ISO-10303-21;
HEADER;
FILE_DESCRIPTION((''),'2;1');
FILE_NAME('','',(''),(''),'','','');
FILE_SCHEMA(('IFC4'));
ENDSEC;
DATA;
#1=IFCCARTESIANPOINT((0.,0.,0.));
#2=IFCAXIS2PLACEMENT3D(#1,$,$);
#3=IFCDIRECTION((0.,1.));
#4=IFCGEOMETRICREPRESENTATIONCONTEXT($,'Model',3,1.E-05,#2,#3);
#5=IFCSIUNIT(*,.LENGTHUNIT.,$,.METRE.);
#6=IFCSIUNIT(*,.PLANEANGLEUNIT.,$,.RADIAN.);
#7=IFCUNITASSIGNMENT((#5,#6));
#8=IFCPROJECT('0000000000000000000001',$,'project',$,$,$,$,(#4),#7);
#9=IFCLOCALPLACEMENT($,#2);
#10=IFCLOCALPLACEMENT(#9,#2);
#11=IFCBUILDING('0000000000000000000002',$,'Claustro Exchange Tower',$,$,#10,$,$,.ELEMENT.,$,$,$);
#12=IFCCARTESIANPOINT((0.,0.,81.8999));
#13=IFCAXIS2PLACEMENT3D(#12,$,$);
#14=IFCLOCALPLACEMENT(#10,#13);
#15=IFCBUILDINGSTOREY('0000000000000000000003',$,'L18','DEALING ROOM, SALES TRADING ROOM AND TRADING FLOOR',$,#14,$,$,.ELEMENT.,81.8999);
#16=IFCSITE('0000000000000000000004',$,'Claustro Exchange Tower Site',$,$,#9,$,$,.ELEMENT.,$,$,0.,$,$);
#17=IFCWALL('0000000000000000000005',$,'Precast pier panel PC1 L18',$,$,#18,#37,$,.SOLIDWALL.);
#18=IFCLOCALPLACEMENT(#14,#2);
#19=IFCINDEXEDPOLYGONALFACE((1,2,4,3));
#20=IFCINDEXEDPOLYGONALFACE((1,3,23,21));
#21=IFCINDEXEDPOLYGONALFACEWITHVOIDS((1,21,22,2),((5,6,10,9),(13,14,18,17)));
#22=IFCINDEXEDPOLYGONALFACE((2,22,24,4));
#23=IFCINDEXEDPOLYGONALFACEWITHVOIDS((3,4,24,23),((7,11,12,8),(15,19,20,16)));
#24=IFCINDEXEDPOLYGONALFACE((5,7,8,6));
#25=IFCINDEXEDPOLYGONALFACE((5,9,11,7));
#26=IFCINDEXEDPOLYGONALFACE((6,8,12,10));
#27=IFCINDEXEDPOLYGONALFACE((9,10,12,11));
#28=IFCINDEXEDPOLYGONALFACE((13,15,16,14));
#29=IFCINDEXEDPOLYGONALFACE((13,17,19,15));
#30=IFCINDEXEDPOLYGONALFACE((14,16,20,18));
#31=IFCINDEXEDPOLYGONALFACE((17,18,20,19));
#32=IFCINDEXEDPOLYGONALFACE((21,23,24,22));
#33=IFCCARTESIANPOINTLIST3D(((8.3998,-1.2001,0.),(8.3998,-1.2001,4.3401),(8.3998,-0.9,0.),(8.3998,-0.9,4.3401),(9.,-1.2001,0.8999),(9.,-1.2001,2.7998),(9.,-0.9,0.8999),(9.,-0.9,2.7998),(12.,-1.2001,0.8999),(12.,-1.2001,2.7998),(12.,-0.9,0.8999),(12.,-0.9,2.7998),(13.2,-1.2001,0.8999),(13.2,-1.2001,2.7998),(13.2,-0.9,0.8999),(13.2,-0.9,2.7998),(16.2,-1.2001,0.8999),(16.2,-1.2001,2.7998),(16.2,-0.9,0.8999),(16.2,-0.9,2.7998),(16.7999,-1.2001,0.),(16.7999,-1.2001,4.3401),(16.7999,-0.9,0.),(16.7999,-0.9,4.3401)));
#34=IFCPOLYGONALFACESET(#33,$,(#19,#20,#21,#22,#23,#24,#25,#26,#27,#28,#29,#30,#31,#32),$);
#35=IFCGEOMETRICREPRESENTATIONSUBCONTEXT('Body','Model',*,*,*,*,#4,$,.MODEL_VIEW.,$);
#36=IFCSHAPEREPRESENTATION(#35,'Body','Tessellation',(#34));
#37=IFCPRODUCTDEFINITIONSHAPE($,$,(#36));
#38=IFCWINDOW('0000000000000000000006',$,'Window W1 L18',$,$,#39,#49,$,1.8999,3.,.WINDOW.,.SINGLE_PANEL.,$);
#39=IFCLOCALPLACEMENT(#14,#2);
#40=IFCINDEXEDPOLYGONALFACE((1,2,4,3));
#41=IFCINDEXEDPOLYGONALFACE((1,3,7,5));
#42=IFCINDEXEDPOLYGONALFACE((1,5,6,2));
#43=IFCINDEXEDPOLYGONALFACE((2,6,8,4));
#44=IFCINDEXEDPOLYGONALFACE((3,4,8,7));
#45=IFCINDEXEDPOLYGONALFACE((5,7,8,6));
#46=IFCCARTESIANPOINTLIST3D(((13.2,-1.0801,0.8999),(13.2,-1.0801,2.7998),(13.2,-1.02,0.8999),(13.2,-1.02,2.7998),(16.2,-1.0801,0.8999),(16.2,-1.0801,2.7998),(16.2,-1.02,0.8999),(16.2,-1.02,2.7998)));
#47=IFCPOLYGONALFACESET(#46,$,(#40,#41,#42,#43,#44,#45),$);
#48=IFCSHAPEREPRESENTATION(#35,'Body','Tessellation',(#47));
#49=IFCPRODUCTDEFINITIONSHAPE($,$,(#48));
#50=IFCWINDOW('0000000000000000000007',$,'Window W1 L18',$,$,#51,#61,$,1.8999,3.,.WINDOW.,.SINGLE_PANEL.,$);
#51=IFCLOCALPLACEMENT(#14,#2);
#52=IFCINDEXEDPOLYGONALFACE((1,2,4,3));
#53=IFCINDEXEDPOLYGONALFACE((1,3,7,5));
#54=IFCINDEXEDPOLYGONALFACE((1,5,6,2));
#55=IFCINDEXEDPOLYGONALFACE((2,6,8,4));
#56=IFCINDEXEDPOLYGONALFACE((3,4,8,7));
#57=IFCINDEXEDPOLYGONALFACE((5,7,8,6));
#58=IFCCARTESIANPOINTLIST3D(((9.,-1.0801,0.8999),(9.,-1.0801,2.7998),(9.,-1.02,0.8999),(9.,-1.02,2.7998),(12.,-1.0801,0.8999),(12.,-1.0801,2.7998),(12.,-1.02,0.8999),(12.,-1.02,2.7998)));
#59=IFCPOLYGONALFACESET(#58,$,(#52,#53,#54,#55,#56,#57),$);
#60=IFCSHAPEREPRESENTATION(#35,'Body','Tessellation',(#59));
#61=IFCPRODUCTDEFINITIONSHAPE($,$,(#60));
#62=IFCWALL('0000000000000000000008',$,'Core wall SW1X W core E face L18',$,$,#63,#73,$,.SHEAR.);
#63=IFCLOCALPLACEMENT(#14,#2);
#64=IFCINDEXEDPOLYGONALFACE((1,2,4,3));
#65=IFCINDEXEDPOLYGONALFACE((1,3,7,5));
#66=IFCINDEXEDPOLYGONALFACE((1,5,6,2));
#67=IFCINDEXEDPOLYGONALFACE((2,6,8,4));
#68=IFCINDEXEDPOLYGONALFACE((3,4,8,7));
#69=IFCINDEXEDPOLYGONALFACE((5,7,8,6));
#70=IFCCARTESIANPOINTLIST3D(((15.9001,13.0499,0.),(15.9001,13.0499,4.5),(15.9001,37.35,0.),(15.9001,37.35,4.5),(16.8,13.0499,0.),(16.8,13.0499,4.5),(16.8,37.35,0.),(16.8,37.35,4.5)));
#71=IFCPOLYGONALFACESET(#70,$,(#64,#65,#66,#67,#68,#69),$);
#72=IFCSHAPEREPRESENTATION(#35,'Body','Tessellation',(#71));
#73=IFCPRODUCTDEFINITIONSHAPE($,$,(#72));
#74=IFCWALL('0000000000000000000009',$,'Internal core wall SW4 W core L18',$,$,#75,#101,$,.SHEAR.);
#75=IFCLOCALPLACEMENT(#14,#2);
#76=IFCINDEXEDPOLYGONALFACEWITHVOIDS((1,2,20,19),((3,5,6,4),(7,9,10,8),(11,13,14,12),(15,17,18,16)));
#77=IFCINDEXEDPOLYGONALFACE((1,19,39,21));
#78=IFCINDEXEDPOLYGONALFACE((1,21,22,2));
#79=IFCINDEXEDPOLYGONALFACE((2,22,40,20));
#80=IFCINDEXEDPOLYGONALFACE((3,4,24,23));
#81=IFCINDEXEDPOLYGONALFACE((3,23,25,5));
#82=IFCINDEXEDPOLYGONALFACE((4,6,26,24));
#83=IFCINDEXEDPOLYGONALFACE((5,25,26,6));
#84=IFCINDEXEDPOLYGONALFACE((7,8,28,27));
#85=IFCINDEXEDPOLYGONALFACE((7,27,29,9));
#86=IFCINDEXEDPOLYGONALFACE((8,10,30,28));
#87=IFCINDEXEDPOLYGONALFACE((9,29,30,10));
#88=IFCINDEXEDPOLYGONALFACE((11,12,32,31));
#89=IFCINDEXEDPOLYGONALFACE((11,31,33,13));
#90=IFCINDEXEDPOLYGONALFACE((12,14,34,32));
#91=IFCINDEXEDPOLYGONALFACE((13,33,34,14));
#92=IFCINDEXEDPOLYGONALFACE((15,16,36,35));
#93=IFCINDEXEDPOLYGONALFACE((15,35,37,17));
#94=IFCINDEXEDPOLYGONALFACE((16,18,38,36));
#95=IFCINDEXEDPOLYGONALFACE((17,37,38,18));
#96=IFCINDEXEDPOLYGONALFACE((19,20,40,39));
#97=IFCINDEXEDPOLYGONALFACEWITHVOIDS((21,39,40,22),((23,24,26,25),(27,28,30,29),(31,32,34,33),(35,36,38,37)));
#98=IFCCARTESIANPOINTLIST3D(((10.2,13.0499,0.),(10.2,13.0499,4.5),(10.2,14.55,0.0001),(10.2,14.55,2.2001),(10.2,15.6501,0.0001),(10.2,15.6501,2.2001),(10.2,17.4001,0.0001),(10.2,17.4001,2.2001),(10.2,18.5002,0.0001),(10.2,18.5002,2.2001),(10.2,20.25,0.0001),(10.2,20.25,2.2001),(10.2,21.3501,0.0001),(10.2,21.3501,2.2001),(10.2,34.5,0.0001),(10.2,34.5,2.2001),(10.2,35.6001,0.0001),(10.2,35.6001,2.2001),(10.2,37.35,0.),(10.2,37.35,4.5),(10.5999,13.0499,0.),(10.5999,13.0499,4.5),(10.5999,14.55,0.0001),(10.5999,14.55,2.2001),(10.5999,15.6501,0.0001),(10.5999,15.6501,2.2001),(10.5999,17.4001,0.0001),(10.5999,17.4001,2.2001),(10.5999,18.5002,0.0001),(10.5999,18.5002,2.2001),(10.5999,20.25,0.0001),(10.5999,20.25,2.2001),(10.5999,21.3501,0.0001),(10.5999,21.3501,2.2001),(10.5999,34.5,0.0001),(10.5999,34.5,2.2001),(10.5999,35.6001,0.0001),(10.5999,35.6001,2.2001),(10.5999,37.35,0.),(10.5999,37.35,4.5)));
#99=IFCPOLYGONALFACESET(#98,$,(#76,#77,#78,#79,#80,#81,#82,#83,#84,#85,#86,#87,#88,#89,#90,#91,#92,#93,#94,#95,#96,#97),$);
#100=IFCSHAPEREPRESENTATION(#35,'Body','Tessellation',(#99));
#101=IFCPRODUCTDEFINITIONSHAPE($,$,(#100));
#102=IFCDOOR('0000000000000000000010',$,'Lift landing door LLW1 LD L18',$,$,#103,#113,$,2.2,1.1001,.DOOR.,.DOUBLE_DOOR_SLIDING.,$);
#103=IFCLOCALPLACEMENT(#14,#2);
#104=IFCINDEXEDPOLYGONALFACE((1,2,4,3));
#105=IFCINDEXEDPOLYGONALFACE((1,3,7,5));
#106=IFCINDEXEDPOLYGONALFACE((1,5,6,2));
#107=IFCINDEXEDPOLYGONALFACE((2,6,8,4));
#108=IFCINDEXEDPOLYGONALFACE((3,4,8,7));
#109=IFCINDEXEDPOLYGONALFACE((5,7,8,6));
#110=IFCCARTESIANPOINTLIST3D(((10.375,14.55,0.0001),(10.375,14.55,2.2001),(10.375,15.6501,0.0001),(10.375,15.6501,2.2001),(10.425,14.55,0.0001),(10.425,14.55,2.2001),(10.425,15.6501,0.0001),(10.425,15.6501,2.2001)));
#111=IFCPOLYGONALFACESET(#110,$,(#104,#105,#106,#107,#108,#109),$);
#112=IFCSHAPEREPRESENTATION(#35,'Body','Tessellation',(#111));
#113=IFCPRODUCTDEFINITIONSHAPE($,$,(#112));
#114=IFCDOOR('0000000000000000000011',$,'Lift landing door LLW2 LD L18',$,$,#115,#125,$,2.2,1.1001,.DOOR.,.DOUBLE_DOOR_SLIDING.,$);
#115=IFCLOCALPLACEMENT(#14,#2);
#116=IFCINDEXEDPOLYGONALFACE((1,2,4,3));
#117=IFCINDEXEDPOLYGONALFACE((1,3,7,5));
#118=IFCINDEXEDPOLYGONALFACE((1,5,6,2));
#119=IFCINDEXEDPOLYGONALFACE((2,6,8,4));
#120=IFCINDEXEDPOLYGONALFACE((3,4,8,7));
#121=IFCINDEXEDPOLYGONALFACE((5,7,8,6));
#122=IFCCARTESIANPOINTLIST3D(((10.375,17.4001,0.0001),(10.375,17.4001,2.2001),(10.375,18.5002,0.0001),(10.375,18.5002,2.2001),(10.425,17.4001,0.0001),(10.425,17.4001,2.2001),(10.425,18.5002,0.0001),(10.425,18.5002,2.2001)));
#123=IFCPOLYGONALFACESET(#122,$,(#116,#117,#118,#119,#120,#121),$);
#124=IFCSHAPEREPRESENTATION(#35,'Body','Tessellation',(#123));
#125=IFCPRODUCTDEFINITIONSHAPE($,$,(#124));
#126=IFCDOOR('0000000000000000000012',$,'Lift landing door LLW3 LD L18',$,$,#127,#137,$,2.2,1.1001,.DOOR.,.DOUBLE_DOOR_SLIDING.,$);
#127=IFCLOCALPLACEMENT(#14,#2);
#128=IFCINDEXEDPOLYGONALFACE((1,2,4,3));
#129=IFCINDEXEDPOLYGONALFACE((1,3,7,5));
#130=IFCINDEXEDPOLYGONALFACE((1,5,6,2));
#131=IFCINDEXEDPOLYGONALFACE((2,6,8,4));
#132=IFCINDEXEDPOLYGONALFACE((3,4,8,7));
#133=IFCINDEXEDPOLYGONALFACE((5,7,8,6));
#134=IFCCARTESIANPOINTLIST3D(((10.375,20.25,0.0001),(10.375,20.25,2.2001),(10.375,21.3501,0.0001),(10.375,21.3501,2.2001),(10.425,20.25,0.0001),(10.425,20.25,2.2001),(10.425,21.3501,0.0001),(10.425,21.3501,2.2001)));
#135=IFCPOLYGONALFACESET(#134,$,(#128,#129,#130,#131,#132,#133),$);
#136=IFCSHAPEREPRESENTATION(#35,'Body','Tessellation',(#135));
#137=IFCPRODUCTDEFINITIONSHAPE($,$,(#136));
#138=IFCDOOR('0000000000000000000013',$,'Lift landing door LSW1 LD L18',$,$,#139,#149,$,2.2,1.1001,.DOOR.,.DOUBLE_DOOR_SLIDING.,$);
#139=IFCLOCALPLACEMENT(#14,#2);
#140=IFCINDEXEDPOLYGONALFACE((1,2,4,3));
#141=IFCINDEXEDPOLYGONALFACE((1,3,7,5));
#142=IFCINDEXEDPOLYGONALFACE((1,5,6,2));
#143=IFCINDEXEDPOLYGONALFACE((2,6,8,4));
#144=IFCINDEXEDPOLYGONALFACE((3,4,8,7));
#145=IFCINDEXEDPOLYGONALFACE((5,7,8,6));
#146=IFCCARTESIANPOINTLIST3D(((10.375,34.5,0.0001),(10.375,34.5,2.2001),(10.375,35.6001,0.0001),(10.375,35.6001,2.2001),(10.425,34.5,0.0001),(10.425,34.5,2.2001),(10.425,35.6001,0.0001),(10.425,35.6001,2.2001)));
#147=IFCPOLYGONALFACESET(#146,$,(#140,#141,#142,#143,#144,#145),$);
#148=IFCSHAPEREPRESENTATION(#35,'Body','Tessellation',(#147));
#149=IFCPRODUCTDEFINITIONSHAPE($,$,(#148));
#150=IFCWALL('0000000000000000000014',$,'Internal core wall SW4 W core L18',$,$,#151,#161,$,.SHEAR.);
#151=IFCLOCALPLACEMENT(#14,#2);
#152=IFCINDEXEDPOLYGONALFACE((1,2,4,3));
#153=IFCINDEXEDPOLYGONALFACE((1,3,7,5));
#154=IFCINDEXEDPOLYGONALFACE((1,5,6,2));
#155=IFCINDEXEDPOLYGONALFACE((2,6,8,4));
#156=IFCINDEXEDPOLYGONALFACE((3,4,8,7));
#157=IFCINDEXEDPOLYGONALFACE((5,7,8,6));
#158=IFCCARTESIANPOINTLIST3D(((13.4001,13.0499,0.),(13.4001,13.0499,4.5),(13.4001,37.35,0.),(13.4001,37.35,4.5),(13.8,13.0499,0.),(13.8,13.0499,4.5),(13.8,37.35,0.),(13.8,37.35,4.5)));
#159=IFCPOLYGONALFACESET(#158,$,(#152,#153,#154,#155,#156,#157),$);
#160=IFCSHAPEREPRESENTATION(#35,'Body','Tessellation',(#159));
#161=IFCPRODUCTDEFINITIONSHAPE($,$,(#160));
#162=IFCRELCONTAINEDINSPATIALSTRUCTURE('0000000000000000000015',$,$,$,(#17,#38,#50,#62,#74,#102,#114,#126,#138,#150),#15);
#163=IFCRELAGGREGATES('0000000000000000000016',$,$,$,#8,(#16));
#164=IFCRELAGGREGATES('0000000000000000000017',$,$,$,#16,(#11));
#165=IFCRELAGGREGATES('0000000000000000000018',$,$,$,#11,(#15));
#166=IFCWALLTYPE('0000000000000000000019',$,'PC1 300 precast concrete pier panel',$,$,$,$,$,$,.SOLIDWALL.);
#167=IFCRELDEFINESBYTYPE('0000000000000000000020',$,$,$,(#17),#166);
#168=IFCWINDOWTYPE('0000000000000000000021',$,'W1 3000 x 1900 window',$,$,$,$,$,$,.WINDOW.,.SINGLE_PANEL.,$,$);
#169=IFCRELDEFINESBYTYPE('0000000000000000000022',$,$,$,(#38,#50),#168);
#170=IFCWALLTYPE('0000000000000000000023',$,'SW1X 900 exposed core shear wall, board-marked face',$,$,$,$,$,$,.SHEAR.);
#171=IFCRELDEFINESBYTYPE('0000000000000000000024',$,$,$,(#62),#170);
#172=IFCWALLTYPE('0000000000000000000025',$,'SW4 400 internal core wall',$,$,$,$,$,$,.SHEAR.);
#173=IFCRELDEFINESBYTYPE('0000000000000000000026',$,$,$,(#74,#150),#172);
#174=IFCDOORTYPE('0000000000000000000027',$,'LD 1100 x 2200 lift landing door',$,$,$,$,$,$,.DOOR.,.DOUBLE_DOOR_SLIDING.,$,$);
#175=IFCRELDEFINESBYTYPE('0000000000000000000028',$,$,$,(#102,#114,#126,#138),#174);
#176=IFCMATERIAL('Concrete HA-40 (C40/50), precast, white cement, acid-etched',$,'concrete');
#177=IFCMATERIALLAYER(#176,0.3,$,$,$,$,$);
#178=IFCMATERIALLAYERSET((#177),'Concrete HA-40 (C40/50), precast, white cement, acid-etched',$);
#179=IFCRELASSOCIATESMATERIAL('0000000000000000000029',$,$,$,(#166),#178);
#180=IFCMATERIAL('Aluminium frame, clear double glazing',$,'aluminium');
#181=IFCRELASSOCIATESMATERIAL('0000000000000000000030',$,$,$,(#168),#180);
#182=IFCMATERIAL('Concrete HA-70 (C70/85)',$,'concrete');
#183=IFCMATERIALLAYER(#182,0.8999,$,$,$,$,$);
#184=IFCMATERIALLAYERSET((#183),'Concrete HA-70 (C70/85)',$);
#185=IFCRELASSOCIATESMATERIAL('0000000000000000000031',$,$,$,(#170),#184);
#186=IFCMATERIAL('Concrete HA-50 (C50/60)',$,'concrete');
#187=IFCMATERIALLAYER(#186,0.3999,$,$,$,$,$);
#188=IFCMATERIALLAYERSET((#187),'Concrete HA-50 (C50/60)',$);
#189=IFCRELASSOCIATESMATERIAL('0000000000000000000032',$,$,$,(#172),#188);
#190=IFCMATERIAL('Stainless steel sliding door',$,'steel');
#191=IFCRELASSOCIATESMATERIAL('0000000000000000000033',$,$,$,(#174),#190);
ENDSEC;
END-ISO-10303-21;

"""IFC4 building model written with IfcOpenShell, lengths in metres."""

from ifc_helpers import new_model, si_unit, direction, frame, frame_2d, origin, place, context, subcontext, project, spatial, rectangle, extrude, material, layer, layer_set, type_object, element, fill, save


model = new_model("IFC4")

# Units and contexts
model_context = context("Model", 3, precision=1e-05, world=origin(), true_north=direction((0.0, 1.0)))
body_context = subcontext(model_context, "Body", "Model", "MODEL_VIEW")
ifc_project = project(units=[si_unit("LENGTHUNIT", "METRE"), si_unit("PLANEANGLEUNIT", "RADIAN")], contexts=[model_context])

# Site, building, storey
site_placement = place(None, origin())
site = spatial("IfcSite", under=ifc_project, at=site_placement, Name="Claustro Exchange Tower Site", CompositionType="ELEMENT", RefElevation=0.0)
building_placement = place(site_placement, origin())
building = spatial("IfcBuilding", under=site, at=building_placement, Name="Claustro Exchange Tower", CompositionType="ELEMENT")
storey_placement = place(building_placement, frame((0.0, 0.0, 81.8999)))
storey = spatial("IfcBuildingStorey", under=building, at=storey_placement, Name="L18", Description="DEALING ROOM, SALES TRADING ROOM AND TRADING FLOOR", CompositionType="ELEMENT", Elevation=81.8999)

# Wall, openings, windows
ifc_material_1 = material(Name="Concrete HA-40 (C40/50), precast, white cement, acid-etched", Category="concrete")
ifc_layer_1 = layer(ifc_material_1, 0.3)
ifc_layer_set_1 = layer_set([ifc_layer_1], Name="Concrete HA-40 (C40/50), precast, white cement, acid-etched")
wall_type_1 = type_object("IfcWallType", Name="PC1 300 precast concrete pier panel", PredefinedType="SOLIDWALL", material=ifc_layer_set_1)
wall_1_placement = place(storey_placement, frame((16.8, -1.05, 0.0), z_axis=(0.0, 0.0, 1.0), x_axis=(-1.0, 0.0, 0.0)))
wall_1 = element("IfcWall", 1, at=wall_1_placement, inside=storey, type_object=wall_type_1, Name="Precast pier panel PC1 L18", PredefinedType="SOLIDWALL", context=body_context, shape_type="SweptSolid", body=[
    extrude(rectangle(XDim=8.4001, YDim=0.3, at=frame_2d((4.2002, 0.0))), origin(), (0.0, 0.0, 1.0), 4.3401),
])
opening_1_placement = place(wall_1_placement, frame((0.6001, 0.0, 0.8999)))
opening_1 = element("IfcOpeningElement", 2, at=opening_1_placement, cuts=wall_1, PredefinedType="OPENING", context=body_context, shape_type="SweptSolid", body=[
    extrude(rectangle(XDim=3.0, YDim=1.8999, at=frame_2d((1.5, 0.95))), frame((0.0, 0.1599, 0.0), z_axis=(0.0, -1.0, 0.0), x_axis=(1.0, 0.0, 0.0)), (0.0, 0.0, 1.0), 0.3201),
])
opening_2_placement = place(wall_1_placement, frame((4.8, 0.0, 0.8999)))
opening_2 = element("IfcOpeningElement", 3, at=opening_2_placement, cuts=wall_1, PredefinedType="OPENING", context=body_context, shape_type="SweptSolid", body=[
    extrude(rectangle(XDim=3.0, YDim=1.8999, at=frame_2d((1.5, 0.95))), frame((0.0, 0.1599, 0.0), z_axis=(0.0, -1.0, 0.0), x_axis=(1.0, 0.0, 0.0)), (0.0, 0.0, 1.0), 0.3201),
])
ifc_material_2 = material(Name="Aluminium frame, clear double glazing", Category="aluminium")
window_type = type_object("IfcWindowType", Name="W1 3000 x 1900 window", PartitioningType="SINGLE_PANEL", PredefinedType="WINDOW", material=ifc_material_2)
window_1_placement = place(opening_1_placement, origin())
window_1 = element("IfcWindow", 4, at=window_1_placement, inside=storey, type_object=window_type, Name="Window W1 L18", OverallHeight=1.8999, OverallWidth=3.0, PartitioningType="SINGLE_PANEL", PredefinedType="WINDOW", context=body_context, shape_type="SweptSolid", body=[
    extrude(rectangle(XDim=3.0, YDim=1.8999, at=frame_2d((1.5, 0.95))), frame((0.0, 0.03, 0.0), z_axis=(0.0, -1.0, 0.0), x_axis=(1.0, 0.0, 0.0)), (0.0, 0.0, 1.0), 0.0601),
])
fill(opening_1, window_1)
window_2_placement = place(opening_2_placement, origin())
window_2 = element("IfcWindow", 5, at=window_2_placement, inside=storey, type_object=window_type, Name="Window W1 L18", OverallHeight=1.8999, OverallWidth=3.0, PartitioningType="SINGLE_PANEL", PredefinedType="WINDOW", context=body_context, shape_type="SweptSolid", body=[
    extrude(rectangle(XDim=3.0, YDim=1.8999, at=frame_2d((1.5, 0.95))), frame((0.0, 0.03, 0.0), z_axis=(0.0, -1.0, 0.0), x_axis=(1.0, 0.0, 0.0)), (0.0, 0.0, 1.0), 0.0601),
])
fill(opening_2, window_2)

# Wall
ifc_material_3 = material(Name="Concrete HA-70 (C70/85)", Category="concrete")
ifc_layer_2 = layer(ifc_material_3, 0.8999)
ifc_layer_set_2 = layer_set([ifc_layer_2], Name="Concrete HA-70 (C70/85)")
wall_type_2 = type_object("IfcWallType", Name="SW1X 900 exposed core shear wall, board-marked face", PredefinedType="SHEAR", material=ifc_layer_set_2)
wall_2_placement = place(storey_placement, frame((16.3501, 13.05, 0.0), z_axis=(0.0, 0.0, 1.0), x_axis=(0.0, 1.0, 0.0)))
element("IfcWall", 6, at=wall_2_placement, inside=storey, type_object=wall_type_2, Name="Core wall SW1X W core E face L18", PredefinedType="SHEAR", context=body_context, shape_type="SweptSolid", body=[
    extrude(rectangle(XDim=24.3, YDim=0.8999, at=frame_2d((12.1499, 0.0))), origin(), (0.0, 0.0, 1.0), 4.5),
])

# Wall, openings, doors
ifc_material_4 = material(Name="Concrete HA-50 (C50/60)", Category="concrete")
ifc_layer_3 = layer(ifc_material_4, 0.3999)
ifc_layer_set_3 = layer_set([ifc_layer_3], Name="Concrete HA-50 (C50/60)")
wall_type_3 = type_object("IfcWallType", Name="SW4 400 internal core wall", PredefinedType="SHEAR", material=ifc_layer_set_3)
wall_3_placement = place(storey_placement, frame((10.3999, 13.05, 0.0), z_axis=(0.0, 0.0, 1.0), x_axis=(0.0, 1.0, 0.0)))
wall_3 = element("IfcWall", 7, at=wall_3_placement, inside=storey, type_object=wall_type_3, Name="Internal core wall SW4 W core L18", PredefinedType="SHEAR", context=body_context, shape_type="SweptSolid", body=[
    extrude(rectangle(XDim=24.3, YDim=0.3999, at=frame_2d((12.1499, 0.0))), origin(), (0.0, 0.0, 1.0), 4.5),
])
opening_3_placement = place(wall_3_placement, frame((1.5, 0.0, 0.0)))
opening_3 = element("IfcOpeningElement", 8, at=opening_3_placement, cuts=wall_3, PredefinedType="OPENING", context=body_context, shape_type="SweptSolid", body=[
    extrude(rectangle(XDim=1.1001, YDim=2.2, at=frame_2d((0.55, 1.1001))), frame((0.0, 0.21, 0.0), z_axis=(0.0, -1.0, 0.0), x_axis=(1.0, 0.0, 0.0)), (0.0, 0.0, 1.0), 0.4199),
])
opening_4_placement = place(wall_3_placement, frame((4.3501, 0.0, 0.0)))
opening_4 = element("IfcOpeningElement", 9, at=opening_4_placement, cuts=wall_3, PredefinedType="OPENING", context=body_context, shape_type="SweptSolid", body=[
    extrude(rectangle(XDim=1.1001, YDim=2.2, at=frame_2d((0.55, 1.1001))), frame((0.0, 0.21, 0.0), z_axis=(0.0, -1.0, 0.0), x_axis=(1.0, 0.0, 0.0)), (0.0, 0.0, 1.0), 0.4199),
])
opening_5_placement = place(wall_3_placement, frame((7.2, 0.0, 0.0)))
opening_5 = element("IfcOpeningElement", 10, at=opening_5_placement, cuts=wall_3, PredefinedType="OPENING", context=body_context, shape_type="SweptSolid", body=[
    extrude(rectangle(XDim=1.1001, YDim=2.2, at=frame_2d((0.55, 1.1001))), frame((0.0, 0.21, 0.0), z_axis=(0.0, -1.0, 0.0), x_axis=(1.0, 0.0, 0.0)), (0.0, 0.0, 1.0), 0.4199),
])
opening_6_placement = place(wall_3_placement, frame((21.45, 0.0, 0.0)))
opening_6 = element("IfcOpeningElement", 11, at=opening_6_placement, cuts=wall_3, PredefinedType="OPENING", context=body_context, shape_type="SweptSolid", body=[
    extrude(rectangle(XDim=1.1001, YDim=2.2, at=frame_2d((0.55, 1.1001))), frame((0.0, 0.21, 0.0), z_axis=(0.0, -1.0, 0.0), x_axis=(1.0, 0.0, 0.0)), (0.0, 0.0, 1.0), 0.4199),
])
ifc_material_5 = material(Name="Stainless steel sliding door", Category="steel")
door_type_1 = type_object("IfcDoorType", Name="LD 1100 x 2200 lift landing door", OperationType="DOUBLE_DOOR_SLIDING", PredefinedType="DOOR", material=ifc_material_5)
door_1_placement = place(opening_3_placement, origin())
door_1 = element("IfcDoor", 12, at=door_1_placement, inside=storey, type_object=door_type_1, Name="Lift landing door LLW1 LD L18", OperationType="DOUBLE_DOOR_SLIDING", OverallHeight=2.2, OverallWidth=1.1001, PredefinedType="DOOR", context=body_context, shape_type="SweptSolid", body=[
    extrude(rectangle(XDim=1.1001, YDim=2.2, at=frame_2d((0.55, 1.1001))), frame((0.0, 0.0249, 0.0), z_axis=(0.0, -1.0, 0.0), x_axis=(1.0, 0.0, 0.0)), (0.0, 0.0, 1.0), 0.05),
])
fill(opening_3, door_1)
door_2_placement = place(opening_4_placement, origin())
door_2 = element("IfcDoor", 13, at=door_2_placement, inside=storey, type_object=door_type_1, Name="Lift landing door LLW2 LD L18", OperationType="DOUBLE_DOOR_SLIDING", OverallHeight=2.2, OverallWidth=1.1001, PredefinedType="DOOR", context=body_context, shape_type="SweptSolid", body=[
    extrude(rectangle(XDim=1.1001, YDim=2.2, at=frame_2d((0.55, 1.1001))), frame((0.0, 0.0249, 0.0), z_axis=(0.0, -1.0, 0.0), x_axis=(1.0, 0.0, 0.0)), (0.0, 0.0, 1.0), 0.05),
])
fill(opening_4, door_2)
door_3_placement = place(opening_5_placement, origin())
door_3 = element("IfcDoor", 14, at=door_3_placement, inside=storey, type_object=door_type_1, Name="Lift landing door LLW3 LD L18", OperationType="DOUBLE_DOOR_SLIDING", OverallHeight=2.2, OverallWidth=1.1001, PredefinedType="DOOR", context=body_context, shape_type="SweptSolid", body=[
    extrude(rectangle(XDim=1.1001, YDim=2.2, at=frame_2d((0.55, 1.1001))), frame((0.0, 0.0249, 0.0), z_axis=(0.0, -1.0, 0.0), x_axis=(1.0, 0.0, 0.0)), (0.0, 0.0, 1.0), 0.05),
])
fill(opening_5, door_3)
door_4_placement = place(opening_6_placement, origin())
door_4 = element("IfcDoor", 15, at=door_4_placement, inside=storey, type_object=door_type_1, Name="Lift landing door LSW1 LD L18", OperationType="DOUBLE_DOOR_SLIDING", OverallHeight=2.2, OverallWidth=1.1001, PredefinedType="DOOR", context=body_context, shape_type="SweptSolid", body=[
    extrude(rectangle(XDim=1.1001, YDim=2.2, at=frame_2d((0.55, 1.1001))), frame((0.0, 0.0249, 0.0), z_axis=(0.0, -1.0, 0.0), x_axis=(1.0, 0.0, 0.0)), (0.0, 0.0, 1.0), 0.05),
])
fill(opening_6, door_4)

# Wall
wall_4_placement = place(storey_placement, frame((13.6001, 13.05, 0.0), z_axis=(0.0, 0.0, 1.0), x_axis=(0.0, 1.0, 0.0)))
element("IfcWall", 16, at=wall_4_placement, inside=storey, type_object=wall_type_3, Name="Internal core wall SW4 W core L18", PredefinedType="SHEAR", context=body_context, shape_type="SweptSolid", body=[
    extrude(rectangle(XDim=24.3, YDim=0.3999, at=frame_2d((12.1499, 0.0))), origin(), (0.0, 0.0, 1.0), 4.5),
])

save(model, "model.ifc")
